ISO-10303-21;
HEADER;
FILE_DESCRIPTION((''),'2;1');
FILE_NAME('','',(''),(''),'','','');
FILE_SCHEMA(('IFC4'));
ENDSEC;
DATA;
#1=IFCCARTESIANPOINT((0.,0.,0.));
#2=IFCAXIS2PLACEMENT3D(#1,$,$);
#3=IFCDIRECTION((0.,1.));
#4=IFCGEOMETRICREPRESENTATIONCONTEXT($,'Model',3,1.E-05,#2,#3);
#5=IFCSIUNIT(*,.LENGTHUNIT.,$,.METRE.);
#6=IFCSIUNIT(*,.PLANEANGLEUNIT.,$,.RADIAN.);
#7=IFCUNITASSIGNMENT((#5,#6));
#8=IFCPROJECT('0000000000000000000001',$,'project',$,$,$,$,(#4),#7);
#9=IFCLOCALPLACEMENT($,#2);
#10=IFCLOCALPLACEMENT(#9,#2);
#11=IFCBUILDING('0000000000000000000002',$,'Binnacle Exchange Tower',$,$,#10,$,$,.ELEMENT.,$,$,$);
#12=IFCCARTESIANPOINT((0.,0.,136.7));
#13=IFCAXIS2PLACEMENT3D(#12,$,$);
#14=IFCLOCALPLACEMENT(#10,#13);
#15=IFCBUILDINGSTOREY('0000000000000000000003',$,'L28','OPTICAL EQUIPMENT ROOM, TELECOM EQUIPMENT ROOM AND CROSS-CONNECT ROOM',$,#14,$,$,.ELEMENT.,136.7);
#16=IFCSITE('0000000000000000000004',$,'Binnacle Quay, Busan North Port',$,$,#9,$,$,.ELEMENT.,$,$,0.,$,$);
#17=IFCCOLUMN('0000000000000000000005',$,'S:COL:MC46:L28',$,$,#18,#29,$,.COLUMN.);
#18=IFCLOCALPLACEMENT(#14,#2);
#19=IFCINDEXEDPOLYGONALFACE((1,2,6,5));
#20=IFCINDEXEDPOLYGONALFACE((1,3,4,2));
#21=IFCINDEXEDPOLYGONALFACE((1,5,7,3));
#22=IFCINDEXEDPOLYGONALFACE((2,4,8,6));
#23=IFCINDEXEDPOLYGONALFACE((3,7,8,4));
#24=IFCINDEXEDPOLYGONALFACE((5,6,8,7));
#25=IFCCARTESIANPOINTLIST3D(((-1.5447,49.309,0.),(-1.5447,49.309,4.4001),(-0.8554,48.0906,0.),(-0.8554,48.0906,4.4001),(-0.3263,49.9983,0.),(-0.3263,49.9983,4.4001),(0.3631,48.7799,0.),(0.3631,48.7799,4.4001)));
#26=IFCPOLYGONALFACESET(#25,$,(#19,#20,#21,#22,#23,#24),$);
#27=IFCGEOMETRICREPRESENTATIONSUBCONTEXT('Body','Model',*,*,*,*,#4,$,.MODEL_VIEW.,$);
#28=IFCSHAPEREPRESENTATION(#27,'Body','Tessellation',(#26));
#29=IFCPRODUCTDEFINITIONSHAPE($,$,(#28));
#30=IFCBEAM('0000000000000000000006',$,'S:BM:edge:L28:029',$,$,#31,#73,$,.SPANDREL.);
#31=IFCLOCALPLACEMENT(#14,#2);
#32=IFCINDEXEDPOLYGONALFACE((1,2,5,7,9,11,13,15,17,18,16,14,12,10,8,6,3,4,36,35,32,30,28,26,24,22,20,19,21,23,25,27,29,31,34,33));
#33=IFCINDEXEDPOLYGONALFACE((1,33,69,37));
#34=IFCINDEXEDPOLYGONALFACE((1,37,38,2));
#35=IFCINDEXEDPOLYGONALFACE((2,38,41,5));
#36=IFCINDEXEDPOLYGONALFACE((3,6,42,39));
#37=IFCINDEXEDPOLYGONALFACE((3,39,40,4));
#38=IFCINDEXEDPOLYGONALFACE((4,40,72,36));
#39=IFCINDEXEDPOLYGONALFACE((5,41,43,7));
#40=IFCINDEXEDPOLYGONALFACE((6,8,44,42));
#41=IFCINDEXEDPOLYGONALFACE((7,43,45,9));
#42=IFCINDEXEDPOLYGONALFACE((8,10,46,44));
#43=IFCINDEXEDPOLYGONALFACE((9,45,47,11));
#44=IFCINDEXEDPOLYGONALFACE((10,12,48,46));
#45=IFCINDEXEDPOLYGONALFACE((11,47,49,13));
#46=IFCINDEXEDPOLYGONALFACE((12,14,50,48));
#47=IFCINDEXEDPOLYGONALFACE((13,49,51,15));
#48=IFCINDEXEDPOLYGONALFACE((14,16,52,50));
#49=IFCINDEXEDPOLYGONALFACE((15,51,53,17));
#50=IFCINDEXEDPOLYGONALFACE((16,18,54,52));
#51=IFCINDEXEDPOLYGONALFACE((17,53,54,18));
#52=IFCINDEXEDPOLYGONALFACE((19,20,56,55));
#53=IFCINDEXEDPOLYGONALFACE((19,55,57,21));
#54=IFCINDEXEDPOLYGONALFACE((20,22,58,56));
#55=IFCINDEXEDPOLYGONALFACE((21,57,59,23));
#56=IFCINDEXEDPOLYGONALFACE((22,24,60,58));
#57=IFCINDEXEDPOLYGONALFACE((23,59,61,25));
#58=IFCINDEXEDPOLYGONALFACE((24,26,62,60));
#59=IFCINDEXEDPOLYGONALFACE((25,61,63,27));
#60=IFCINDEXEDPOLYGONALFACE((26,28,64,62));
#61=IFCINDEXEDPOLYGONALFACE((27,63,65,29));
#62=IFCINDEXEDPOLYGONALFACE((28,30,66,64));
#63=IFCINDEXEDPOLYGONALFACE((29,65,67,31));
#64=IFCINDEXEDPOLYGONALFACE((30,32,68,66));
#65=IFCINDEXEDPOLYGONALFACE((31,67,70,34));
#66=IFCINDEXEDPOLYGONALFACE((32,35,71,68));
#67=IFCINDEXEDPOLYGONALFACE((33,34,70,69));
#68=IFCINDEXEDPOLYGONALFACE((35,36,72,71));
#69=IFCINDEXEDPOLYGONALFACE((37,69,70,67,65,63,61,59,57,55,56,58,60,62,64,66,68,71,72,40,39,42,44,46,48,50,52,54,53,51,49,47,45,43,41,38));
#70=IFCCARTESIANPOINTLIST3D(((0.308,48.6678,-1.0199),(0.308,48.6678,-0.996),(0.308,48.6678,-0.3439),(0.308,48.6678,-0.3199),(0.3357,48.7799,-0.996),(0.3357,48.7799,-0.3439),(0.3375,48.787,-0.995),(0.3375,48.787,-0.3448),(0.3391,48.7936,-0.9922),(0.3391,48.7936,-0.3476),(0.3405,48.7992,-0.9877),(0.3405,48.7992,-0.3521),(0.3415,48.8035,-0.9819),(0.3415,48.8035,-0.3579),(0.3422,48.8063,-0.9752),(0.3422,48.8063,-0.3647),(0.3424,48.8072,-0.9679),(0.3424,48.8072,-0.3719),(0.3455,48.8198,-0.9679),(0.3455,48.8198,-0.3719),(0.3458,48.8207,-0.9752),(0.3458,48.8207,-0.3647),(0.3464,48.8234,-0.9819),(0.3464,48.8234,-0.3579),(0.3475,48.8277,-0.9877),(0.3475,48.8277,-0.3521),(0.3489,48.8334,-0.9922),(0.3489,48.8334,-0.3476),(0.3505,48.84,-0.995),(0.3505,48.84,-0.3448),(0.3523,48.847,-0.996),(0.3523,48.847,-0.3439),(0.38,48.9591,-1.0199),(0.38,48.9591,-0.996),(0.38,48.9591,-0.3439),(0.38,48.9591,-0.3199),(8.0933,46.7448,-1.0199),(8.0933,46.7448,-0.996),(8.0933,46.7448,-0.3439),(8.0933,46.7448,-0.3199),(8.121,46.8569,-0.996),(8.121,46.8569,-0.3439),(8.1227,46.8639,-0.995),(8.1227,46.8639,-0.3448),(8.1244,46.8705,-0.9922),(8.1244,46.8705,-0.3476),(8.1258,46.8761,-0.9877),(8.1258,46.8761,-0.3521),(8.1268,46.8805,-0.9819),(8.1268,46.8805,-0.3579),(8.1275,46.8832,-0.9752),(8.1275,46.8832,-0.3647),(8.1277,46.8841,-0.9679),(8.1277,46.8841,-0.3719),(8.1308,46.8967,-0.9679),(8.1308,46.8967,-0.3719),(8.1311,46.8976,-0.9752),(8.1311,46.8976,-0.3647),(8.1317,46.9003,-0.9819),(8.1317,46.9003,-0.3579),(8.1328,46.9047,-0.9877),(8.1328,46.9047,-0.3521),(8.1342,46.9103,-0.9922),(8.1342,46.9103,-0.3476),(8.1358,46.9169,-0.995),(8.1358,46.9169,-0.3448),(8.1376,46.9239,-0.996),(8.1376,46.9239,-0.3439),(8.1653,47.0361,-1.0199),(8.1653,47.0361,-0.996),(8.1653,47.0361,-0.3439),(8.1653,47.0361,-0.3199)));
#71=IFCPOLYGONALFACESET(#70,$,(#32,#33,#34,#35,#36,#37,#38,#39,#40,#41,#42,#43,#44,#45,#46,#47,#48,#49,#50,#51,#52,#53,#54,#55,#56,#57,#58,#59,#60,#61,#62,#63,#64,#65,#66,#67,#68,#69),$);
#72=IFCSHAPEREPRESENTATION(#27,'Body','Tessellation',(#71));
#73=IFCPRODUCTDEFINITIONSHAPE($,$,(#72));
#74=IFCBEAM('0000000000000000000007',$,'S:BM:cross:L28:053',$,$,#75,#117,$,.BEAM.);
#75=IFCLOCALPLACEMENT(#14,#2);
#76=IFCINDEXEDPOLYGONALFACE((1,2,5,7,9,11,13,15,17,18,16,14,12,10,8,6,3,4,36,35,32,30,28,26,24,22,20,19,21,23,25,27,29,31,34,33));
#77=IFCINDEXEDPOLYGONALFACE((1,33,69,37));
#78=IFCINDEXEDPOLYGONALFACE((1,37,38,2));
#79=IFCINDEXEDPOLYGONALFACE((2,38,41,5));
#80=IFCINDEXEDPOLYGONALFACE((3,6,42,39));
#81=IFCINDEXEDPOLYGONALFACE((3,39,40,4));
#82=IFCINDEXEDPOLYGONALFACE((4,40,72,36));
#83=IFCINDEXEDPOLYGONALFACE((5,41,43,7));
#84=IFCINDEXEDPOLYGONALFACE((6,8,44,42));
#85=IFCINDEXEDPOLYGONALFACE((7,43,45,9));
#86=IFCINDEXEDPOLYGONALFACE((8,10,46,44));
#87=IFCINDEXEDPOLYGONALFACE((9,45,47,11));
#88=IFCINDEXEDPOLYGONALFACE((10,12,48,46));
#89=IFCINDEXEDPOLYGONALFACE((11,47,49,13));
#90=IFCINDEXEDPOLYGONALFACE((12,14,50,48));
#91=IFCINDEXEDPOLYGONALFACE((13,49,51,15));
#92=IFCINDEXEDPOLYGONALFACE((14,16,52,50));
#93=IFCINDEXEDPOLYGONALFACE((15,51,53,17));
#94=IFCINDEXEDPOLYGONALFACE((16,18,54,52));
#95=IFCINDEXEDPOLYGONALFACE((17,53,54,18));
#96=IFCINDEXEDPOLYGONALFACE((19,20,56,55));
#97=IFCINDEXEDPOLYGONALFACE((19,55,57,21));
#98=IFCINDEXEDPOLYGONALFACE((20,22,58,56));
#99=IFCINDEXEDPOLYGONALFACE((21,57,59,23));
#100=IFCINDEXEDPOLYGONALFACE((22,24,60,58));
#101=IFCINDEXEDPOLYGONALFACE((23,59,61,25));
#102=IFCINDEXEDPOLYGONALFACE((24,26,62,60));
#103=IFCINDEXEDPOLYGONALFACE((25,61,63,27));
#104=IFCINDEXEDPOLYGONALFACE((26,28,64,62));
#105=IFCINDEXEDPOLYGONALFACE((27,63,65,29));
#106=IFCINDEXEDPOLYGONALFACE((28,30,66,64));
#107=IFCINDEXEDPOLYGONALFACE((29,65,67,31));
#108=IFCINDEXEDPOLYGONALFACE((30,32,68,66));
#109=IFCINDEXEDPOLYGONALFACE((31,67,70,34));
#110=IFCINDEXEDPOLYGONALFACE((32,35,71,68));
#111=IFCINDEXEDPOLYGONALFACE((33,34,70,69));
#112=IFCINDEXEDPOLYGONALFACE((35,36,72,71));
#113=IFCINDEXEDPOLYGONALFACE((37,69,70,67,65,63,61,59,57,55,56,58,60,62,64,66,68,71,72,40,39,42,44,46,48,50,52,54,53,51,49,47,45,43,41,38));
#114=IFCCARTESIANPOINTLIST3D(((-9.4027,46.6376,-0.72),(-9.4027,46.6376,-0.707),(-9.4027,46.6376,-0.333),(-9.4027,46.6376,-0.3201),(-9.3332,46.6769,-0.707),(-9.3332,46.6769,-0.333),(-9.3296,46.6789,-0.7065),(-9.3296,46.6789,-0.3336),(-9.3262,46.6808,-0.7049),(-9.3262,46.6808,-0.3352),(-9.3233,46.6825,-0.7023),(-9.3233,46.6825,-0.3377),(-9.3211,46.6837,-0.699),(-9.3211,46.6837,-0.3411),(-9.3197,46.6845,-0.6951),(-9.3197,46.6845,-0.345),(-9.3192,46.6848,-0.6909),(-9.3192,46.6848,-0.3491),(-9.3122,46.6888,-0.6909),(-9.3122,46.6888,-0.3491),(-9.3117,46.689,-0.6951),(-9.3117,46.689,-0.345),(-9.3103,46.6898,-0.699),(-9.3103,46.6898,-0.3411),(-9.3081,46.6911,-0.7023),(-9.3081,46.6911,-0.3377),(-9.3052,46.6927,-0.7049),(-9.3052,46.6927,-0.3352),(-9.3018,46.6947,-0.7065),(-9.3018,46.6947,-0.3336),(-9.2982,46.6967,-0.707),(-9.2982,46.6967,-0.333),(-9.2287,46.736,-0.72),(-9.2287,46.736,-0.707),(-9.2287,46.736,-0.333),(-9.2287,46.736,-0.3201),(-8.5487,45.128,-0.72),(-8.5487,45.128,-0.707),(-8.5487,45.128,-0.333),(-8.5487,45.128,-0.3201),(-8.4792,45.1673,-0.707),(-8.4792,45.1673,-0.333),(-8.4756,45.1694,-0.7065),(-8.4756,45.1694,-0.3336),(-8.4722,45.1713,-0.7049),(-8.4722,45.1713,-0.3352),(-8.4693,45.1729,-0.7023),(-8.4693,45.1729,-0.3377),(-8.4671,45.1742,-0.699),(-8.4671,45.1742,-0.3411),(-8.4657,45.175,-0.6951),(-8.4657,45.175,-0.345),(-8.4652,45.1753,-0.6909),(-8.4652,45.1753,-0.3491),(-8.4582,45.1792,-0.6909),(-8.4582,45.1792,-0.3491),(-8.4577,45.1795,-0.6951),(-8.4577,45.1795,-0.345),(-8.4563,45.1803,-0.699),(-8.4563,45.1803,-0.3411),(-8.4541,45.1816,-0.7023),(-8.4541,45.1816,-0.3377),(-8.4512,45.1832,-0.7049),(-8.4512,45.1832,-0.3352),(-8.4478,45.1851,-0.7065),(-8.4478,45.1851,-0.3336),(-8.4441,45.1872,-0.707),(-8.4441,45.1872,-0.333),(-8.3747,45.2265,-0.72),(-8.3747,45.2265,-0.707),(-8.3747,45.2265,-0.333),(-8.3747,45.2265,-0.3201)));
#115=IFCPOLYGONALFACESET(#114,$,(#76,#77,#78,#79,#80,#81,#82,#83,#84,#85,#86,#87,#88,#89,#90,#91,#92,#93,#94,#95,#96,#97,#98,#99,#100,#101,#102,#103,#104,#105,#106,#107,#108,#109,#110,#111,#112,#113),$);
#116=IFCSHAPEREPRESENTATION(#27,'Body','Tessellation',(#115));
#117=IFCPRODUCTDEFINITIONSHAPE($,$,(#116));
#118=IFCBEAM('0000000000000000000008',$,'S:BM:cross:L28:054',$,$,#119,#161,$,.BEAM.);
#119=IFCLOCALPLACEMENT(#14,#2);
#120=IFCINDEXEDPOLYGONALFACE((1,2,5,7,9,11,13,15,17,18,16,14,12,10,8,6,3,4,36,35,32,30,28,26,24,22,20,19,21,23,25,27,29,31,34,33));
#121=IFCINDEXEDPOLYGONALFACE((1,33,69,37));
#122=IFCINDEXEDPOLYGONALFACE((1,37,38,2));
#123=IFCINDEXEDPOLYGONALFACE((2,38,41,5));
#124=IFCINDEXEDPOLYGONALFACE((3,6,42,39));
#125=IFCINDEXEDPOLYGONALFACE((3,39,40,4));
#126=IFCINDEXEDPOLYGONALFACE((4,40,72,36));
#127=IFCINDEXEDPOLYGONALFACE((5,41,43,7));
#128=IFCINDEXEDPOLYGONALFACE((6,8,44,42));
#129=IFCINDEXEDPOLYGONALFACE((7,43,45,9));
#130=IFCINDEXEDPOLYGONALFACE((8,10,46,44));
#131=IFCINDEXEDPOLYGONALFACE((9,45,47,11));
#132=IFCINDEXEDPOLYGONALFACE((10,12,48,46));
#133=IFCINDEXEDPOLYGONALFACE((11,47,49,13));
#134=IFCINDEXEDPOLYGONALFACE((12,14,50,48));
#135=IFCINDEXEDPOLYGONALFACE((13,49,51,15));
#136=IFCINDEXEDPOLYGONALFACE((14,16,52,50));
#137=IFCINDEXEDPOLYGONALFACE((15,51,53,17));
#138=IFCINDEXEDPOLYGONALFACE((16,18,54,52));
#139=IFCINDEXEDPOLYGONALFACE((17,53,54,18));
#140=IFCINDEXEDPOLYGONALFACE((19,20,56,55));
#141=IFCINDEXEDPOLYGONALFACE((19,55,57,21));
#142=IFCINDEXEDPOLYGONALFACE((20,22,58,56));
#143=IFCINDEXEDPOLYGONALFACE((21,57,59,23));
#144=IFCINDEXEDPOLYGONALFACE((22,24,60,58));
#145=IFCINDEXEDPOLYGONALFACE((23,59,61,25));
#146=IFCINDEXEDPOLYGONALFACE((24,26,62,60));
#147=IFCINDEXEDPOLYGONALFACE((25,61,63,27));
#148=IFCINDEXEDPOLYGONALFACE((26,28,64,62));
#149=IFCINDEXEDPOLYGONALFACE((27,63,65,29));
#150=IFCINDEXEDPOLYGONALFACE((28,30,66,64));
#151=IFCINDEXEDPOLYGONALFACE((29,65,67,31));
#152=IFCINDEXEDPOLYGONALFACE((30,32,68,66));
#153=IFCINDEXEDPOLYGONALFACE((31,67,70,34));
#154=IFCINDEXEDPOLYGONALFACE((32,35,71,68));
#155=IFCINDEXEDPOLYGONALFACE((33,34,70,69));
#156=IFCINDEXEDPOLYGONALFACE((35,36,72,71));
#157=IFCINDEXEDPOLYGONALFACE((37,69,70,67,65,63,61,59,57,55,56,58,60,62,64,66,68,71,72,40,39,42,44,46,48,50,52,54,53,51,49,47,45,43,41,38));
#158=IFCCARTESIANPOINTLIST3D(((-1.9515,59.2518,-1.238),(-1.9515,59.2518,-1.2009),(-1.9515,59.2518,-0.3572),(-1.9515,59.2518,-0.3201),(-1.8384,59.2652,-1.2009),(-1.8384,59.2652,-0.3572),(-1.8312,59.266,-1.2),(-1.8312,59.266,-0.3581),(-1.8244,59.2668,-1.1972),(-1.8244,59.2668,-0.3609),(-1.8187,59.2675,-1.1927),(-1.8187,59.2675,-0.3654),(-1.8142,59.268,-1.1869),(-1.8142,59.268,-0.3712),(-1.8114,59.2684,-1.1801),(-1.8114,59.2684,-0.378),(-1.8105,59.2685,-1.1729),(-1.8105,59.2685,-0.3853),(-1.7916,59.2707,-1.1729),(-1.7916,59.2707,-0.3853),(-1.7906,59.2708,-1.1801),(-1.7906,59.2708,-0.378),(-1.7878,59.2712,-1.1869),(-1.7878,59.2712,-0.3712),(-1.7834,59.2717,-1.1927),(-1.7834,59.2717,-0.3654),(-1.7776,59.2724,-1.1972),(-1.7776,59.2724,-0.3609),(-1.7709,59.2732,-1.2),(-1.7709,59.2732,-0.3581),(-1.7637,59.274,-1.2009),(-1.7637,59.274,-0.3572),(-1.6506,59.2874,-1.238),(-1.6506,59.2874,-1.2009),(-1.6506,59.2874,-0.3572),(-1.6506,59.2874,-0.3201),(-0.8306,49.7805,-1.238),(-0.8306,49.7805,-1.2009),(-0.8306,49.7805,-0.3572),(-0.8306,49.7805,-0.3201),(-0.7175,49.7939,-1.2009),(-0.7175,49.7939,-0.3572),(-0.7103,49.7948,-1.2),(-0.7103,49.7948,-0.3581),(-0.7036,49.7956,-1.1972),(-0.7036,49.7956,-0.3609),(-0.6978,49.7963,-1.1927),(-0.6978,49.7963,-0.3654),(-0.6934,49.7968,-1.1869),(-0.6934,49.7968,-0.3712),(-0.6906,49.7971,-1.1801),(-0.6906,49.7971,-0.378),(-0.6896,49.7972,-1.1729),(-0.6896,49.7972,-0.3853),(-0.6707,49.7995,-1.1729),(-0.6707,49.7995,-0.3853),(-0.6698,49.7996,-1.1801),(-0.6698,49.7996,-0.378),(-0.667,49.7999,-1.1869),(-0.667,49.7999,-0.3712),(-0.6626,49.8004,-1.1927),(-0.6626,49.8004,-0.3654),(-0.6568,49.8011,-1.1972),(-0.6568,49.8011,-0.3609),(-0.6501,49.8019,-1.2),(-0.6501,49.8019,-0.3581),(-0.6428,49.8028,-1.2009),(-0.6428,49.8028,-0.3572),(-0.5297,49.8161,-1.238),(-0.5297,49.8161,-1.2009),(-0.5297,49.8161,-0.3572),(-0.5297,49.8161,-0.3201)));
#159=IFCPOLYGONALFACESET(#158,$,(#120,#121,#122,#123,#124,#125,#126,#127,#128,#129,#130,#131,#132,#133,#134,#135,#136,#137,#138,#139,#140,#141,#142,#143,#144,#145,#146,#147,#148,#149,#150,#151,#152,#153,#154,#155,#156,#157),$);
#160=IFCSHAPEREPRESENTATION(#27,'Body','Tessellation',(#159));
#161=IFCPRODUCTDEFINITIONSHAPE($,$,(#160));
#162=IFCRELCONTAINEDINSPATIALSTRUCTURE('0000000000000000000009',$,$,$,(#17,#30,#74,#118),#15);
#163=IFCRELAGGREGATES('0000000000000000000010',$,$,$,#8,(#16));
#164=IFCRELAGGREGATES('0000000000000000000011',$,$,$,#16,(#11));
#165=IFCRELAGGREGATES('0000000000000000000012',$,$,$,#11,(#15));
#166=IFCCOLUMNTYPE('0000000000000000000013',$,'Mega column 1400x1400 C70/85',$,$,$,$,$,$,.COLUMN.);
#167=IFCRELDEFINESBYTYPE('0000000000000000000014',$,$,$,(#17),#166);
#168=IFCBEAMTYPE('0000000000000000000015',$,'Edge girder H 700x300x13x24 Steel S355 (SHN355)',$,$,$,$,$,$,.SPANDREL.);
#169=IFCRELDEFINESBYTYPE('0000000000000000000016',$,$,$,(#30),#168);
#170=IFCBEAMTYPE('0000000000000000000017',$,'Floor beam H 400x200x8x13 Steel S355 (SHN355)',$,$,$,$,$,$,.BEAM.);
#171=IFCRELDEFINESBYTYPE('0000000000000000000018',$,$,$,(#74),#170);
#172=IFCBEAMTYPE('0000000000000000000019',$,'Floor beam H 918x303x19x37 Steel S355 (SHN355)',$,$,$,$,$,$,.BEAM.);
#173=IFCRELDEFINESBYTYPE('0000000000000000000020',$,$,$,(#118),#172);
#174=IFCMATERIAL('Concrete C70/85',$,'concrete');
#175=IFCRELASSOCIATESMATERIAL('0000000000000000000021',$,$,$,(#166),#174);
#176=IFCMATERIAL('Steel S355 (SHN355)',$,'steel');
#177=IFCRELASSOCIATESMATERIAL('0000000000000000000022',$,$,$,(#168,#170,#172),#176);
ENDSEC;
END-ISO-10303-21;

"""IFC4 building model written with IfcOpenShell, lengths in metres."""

from ifc_helpers import new_model, si_unit, direction, frame, origin, origin_2d, place, context, subcontext, project, spatial, rectangle, i_section, extrude, material, material_profile, profile_set, type_object, element, save


model = new_model("IFC4")

# Units and contexts
model_context = context("Model", 3, precision=1e-05, world=origin(), true_north=direction((0.0, 1.0)))
body_context = subcontext(model_context, "Body", "Model", "MODEL_VIEW")
ifc_project = project(units=[si_unit("LENGTHUNIT", "METRE"), si_unit("PLANEANGLEUNIT", "RADIAN")], contexts=[model_context])

# Site, building, storey
site_placement = place(None, origin())
site = spatial("IfcSite", under=ifc_project, at=site_placement, Name="Binnacle Quay, Busan North Port", CompositionType="ELEMENT", RefElevation=0.0)
building_placement = place(site_placement, origin())
building = spatial("IfcBuilding", under=site, at=building_placement, Name="Binnacle Exchange Tower", CompositionType="ELEMENT")
storey_placement = place(building_placement, frame((0.0, 0.0, 136.7)))
storey = spatial("IfcBuildingStorey", under=building, at=storey_placement, Name="L28", Description="OPTICAL EQUIPMENT ROOM, TELECOM EQUIPMENT ROOM AND CROSS-CONNECT ROOM", CompositionType="ELEMENT", Elevation=136.7)

# Column
ifc_material_1 = material(Name="Concrete C70/85", Category="concrete")
ifc_material_profile_1 = material_profile(ifc_material_1, rectangle(XDim=1.3999, YDim=1.3999, at=origin_2d()), Name="Mega column 1400x1400 C70/85")
ifc_profile_set_1 = profile_set([ifc_material_profile_1], Name="Concrete C70/85")
column_type = type_object("IfcColumnType", Name="Mega column 1400x1400 C70/85", PredefinedType="COLUMN", material=ifc_profile_set_1)
column_placement = place(storey_placement, frame((-0.5908, 49.0444, 0.0), z_axis=(0.0, 0.0, 1.0), x_axis=(0.870356, 0.492424, 0.0)))
element("IfcColumn", 1, at=column_placement, inside=storey, type_object=column_type, Name="S:COL:MC46:L28", PredefinedType="COLUMN", context=body_context, shape_type="SweptSolid", body=[
    extrude(rectangle(XDim=1.3999, YDim=1.3999, at=origin_2d()), origin(), (0.0, 0.0, 1.0), 4.4001),
])

# Beams
ifc_material_2 = material(Name="Steel S355 (SHN355)", Category="steel")
ifc_material_profile_2 = material_profile(ifc_material_2, i_section(OverallWidth=0.3, OverallDepth=0.7, WebThickness=0.0129, FlangeThickness=0.0239, FilletRadius=0.0281, at=origin_2d()), Name="H 700x300x13x24")
ifc_profile_set_2 = profile_set([ifc_material_profile_2], Name="Steel S355 (SHN355)")
beam_type_1 = type_object("IfcBeamType", Name="Edge girder H 700x300x13x24 Steel S355 (SHN355)", PredefinedType="SPANDREL", material=ifc_profile_set_2)
beam_1_placement = place(storey_placement, frame((0.344, 48.8135, -0.6699), z_axis=(0.970821, -0.239805, 0.0), x_axis=(0.239805, 0.970821, 0.0)))
element("IfcBeam", 2, at=beam_1_placement, inside=storey, type_object=beam_type_1, Name="S:BM:edge:L28:029", PredefinedType="SPANDREL", context=body_context, shape_type="SweptSolid", body=[
    extrude(i_section(OverallWidth=0.3, OverallDepth=0.7, WebThickness=0.0129, FlangeThickness=0.0239, FilletRadius=0.0281, at=origin_2d()), origin(), (0.0, 0.0, 1.0), 8.0193),
])
ifc_material_profile_3 = material_profile(ifc_material_2, i_section(OverallWidth=0.2, OverallDepth=0.3999, WebThickness=0.0081, FlangeThickness=0.0129, FilletRadius=0.0161, at=origin_2d()), Name="H 400x200x8x13")
ifc_profile_set_3 = profile_set([ifc_material_profile_3], Name="Steel S355 (SHN355)")
beam_type_2 = type_object("IfcBeamType", Name="Floor beam H 400x200x8x13 Steel S355 (SHN355)", PredefinedType="BEAM", material=ifc_profile_set_3)
beam_2_placement = place(storey_placement, frame((-8.4617, 45.1772, -0.52), z_axis=(-0.492405, 0.870366, 0.0), x_axis=(-0.870366, -0.492405, 0.0)))
element("IfcBeam", 3, at=beam_2_placement, inside=storey, type_object=beam_type_2, Name="S:BM:cross:L28:053", PredefinedType="BEAM", context=body_context, shape_type="SweptSolid", body=[
    extrude(i_section(OverallWidth=0.2, OverallDepth=0.3999, WebThickness=0.0081, FlangeThickness=0.0129, FilletRadius=0.0161, at=origin_2d()), origin(), (0.0, 0.0, 1.0), 1.7344),
])
ifc_material_profile_4 = material_profile(ifc_material_2, i_section(OverallWidth=0.303, OverallDepth=0.918, WebThickness=0.019, FlangeThickness=0.0371, FilletRadius=0.0281, at=origin_2d()), Name="H 918x303x19x37")
ifc_profile_set_4 = profile_set([ifc_material_profile_4], Name="Steel S355 (SHN355)")
beam_type_3 = type_object("IfcBeamType", Name="Floor beam H 918x303x19x37 Steel S355 (SHN355)", PredefinedType="BEAM", material=ifc_profile_set_4)
beam_3_placement = place(storey_placement, frame((-0.6802, 49.7983, -0.7791), z_axis=(-0.117523, 0.99307, 0.0), x_axis=(-0.99307, -0.117523, 0.0)))
element("IfcBeam", 4, at=beam_3_placement, inside=storey, type_object=beam_type_3, Name="S:BM:cross:L28:054", PredefinedType="BEAM", context=body_context, shape_type="SweptSolid", body=[
    extrude(i_section(OverallWidth=0.303, OverallDepth=0.918, WebThickness=0.019, FlangeThickness=0.0371, FilletRadius=0.0281, at=origin_2d()), origin(), (0.0, 0.0, 1.0), 9.5374),
])

save(model, "model.ifc")
